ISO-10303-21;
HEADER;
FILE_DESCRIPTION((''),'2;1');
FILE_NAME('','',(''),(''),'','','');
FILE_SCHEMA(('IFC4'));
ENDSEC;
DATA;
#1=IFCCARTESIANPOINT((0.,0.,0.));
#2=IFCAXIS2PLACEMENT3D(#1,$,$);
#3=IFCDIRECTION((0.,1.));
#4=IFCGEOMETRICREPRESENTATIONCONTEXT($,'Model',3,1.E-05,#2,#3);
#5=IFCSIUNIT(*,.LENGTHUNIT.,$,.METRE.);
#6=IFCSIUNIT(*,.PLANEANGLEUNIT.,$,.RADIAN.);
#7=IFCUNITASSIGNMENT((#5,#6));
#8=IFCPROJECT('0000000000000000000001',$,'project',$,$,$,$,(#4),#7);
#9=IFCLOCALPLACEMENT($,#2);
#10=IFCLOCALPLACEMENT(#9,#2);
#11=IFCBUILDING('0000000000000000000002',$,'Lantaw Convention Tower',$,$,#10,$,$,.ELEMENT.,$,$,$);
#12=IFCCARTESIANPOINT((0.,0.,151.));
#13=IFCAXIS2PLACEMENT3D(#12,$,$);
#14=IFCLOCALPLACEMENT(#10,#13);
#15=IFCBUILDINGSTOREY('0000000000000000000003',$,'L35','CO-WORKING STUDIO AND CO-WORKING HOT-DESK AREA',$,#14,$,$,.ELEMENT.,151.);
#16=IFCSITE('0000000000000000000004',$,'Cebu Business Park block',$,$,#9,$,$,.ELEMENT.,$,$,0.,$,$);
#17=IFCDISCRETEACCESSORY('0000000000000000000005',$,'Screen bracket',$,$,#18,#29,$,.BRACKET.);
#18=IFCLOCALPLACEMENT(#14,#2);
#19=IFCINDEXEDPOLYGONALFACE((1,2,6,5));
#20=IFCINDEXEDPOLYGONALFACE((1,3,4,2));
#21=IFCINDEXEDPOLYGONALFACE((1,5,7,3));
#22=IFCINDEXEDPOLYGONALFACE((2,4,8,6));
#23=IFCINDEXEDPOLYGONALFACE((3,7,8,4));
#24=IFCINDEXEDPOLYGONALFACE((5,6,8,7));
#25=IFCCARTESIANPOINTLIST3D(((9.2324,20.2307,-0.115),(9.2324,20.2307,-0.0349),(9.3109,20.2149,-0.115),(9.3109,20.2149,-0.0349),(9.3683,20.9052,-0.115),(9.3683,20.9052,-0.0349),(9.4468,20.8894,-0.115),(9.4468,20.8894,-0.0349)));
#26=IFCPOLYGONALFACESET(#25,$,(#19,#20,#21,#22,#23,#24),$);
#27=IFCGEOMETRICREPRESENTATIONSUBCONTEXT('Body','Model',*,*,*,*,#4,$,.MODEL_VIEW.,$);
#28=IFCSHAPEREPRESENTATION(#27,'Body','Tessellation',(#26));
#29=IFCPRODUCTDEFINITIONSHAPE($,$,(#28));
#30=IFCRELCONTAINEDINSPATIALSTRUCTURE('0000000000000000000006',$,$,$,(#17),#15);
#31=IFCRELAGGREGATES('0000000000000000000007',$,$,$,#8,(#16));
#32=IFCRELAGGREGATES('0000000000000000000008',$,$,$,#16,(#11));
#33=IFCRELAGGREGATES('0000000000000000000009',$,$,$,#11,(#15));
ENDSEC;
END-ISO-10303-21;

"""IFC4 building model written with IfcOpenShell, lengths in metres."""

from ifc_helpers import new_model, si_unit, direction, frame, origin, origin_2d, place, context, subcontext, project, spatial, rectangle, extrude, element, save


model = new_model("IFC4")

# Units and contexts
model_context = context("Model", 3, precision=1e-05, world=origin(), true_north=direction((0.0, 1.0)))
body_context = subcontext(model_context, "Body", "Model", "MODEL_VIEW")
ifc_project = project(units=[si_unit("LENGTHUNIT", "METRE"), si_unit("PLANEANGLEUNIT", "RADIAN")], contexts=[model_context])

# Site, building, storey
site_placement = place(None, origin())
site = spatial("IfcSite", under=ifc_project, at=site_placement, Name="Cebu Business Park block", CompositionType="ELEMENT", RefElevation=0.0)
building_placement = place(site_placement, origin())
building = spatial("IfcBuilding", under=site, at=building_placement, Name="Lantaw Convention Tower", CompositionType="ELEMENT")
storey_placement = place(building_placement, frame((0.0, 0.0, 151.0)))
storey = spatial("IfcBuildingStorey", under=building, at=storey_placement, Name="L35", Description="CO-WORKING STUDIO AND CO-WORKING HOT-DESK AREA", CompositionType="ELEMENT", Elevation=151.0)

# Discrete accessory
discrete_accessory_placement = place(storey_placement, frame((9.3396, 20.5601, -0.115), z_axis=(0.0, 0.0, 1.0), x_axis=(-0.980302, 0.197507, 0.0)))
element("IfcDiscreteAccessory", 1, at=discrete_accessory_placement, inside=storey, Name="Screen bracket", PredefinedType="BRACKET", context=body_context, shape_type="SweptSolid", body=[
    extrude(rectangle(XDim=0.0801, YDim=0.688, at=origin_2d()), origin(), (0.0, 0.0, 1.0), 0.0801),
])

save(model, "model.ifc")
